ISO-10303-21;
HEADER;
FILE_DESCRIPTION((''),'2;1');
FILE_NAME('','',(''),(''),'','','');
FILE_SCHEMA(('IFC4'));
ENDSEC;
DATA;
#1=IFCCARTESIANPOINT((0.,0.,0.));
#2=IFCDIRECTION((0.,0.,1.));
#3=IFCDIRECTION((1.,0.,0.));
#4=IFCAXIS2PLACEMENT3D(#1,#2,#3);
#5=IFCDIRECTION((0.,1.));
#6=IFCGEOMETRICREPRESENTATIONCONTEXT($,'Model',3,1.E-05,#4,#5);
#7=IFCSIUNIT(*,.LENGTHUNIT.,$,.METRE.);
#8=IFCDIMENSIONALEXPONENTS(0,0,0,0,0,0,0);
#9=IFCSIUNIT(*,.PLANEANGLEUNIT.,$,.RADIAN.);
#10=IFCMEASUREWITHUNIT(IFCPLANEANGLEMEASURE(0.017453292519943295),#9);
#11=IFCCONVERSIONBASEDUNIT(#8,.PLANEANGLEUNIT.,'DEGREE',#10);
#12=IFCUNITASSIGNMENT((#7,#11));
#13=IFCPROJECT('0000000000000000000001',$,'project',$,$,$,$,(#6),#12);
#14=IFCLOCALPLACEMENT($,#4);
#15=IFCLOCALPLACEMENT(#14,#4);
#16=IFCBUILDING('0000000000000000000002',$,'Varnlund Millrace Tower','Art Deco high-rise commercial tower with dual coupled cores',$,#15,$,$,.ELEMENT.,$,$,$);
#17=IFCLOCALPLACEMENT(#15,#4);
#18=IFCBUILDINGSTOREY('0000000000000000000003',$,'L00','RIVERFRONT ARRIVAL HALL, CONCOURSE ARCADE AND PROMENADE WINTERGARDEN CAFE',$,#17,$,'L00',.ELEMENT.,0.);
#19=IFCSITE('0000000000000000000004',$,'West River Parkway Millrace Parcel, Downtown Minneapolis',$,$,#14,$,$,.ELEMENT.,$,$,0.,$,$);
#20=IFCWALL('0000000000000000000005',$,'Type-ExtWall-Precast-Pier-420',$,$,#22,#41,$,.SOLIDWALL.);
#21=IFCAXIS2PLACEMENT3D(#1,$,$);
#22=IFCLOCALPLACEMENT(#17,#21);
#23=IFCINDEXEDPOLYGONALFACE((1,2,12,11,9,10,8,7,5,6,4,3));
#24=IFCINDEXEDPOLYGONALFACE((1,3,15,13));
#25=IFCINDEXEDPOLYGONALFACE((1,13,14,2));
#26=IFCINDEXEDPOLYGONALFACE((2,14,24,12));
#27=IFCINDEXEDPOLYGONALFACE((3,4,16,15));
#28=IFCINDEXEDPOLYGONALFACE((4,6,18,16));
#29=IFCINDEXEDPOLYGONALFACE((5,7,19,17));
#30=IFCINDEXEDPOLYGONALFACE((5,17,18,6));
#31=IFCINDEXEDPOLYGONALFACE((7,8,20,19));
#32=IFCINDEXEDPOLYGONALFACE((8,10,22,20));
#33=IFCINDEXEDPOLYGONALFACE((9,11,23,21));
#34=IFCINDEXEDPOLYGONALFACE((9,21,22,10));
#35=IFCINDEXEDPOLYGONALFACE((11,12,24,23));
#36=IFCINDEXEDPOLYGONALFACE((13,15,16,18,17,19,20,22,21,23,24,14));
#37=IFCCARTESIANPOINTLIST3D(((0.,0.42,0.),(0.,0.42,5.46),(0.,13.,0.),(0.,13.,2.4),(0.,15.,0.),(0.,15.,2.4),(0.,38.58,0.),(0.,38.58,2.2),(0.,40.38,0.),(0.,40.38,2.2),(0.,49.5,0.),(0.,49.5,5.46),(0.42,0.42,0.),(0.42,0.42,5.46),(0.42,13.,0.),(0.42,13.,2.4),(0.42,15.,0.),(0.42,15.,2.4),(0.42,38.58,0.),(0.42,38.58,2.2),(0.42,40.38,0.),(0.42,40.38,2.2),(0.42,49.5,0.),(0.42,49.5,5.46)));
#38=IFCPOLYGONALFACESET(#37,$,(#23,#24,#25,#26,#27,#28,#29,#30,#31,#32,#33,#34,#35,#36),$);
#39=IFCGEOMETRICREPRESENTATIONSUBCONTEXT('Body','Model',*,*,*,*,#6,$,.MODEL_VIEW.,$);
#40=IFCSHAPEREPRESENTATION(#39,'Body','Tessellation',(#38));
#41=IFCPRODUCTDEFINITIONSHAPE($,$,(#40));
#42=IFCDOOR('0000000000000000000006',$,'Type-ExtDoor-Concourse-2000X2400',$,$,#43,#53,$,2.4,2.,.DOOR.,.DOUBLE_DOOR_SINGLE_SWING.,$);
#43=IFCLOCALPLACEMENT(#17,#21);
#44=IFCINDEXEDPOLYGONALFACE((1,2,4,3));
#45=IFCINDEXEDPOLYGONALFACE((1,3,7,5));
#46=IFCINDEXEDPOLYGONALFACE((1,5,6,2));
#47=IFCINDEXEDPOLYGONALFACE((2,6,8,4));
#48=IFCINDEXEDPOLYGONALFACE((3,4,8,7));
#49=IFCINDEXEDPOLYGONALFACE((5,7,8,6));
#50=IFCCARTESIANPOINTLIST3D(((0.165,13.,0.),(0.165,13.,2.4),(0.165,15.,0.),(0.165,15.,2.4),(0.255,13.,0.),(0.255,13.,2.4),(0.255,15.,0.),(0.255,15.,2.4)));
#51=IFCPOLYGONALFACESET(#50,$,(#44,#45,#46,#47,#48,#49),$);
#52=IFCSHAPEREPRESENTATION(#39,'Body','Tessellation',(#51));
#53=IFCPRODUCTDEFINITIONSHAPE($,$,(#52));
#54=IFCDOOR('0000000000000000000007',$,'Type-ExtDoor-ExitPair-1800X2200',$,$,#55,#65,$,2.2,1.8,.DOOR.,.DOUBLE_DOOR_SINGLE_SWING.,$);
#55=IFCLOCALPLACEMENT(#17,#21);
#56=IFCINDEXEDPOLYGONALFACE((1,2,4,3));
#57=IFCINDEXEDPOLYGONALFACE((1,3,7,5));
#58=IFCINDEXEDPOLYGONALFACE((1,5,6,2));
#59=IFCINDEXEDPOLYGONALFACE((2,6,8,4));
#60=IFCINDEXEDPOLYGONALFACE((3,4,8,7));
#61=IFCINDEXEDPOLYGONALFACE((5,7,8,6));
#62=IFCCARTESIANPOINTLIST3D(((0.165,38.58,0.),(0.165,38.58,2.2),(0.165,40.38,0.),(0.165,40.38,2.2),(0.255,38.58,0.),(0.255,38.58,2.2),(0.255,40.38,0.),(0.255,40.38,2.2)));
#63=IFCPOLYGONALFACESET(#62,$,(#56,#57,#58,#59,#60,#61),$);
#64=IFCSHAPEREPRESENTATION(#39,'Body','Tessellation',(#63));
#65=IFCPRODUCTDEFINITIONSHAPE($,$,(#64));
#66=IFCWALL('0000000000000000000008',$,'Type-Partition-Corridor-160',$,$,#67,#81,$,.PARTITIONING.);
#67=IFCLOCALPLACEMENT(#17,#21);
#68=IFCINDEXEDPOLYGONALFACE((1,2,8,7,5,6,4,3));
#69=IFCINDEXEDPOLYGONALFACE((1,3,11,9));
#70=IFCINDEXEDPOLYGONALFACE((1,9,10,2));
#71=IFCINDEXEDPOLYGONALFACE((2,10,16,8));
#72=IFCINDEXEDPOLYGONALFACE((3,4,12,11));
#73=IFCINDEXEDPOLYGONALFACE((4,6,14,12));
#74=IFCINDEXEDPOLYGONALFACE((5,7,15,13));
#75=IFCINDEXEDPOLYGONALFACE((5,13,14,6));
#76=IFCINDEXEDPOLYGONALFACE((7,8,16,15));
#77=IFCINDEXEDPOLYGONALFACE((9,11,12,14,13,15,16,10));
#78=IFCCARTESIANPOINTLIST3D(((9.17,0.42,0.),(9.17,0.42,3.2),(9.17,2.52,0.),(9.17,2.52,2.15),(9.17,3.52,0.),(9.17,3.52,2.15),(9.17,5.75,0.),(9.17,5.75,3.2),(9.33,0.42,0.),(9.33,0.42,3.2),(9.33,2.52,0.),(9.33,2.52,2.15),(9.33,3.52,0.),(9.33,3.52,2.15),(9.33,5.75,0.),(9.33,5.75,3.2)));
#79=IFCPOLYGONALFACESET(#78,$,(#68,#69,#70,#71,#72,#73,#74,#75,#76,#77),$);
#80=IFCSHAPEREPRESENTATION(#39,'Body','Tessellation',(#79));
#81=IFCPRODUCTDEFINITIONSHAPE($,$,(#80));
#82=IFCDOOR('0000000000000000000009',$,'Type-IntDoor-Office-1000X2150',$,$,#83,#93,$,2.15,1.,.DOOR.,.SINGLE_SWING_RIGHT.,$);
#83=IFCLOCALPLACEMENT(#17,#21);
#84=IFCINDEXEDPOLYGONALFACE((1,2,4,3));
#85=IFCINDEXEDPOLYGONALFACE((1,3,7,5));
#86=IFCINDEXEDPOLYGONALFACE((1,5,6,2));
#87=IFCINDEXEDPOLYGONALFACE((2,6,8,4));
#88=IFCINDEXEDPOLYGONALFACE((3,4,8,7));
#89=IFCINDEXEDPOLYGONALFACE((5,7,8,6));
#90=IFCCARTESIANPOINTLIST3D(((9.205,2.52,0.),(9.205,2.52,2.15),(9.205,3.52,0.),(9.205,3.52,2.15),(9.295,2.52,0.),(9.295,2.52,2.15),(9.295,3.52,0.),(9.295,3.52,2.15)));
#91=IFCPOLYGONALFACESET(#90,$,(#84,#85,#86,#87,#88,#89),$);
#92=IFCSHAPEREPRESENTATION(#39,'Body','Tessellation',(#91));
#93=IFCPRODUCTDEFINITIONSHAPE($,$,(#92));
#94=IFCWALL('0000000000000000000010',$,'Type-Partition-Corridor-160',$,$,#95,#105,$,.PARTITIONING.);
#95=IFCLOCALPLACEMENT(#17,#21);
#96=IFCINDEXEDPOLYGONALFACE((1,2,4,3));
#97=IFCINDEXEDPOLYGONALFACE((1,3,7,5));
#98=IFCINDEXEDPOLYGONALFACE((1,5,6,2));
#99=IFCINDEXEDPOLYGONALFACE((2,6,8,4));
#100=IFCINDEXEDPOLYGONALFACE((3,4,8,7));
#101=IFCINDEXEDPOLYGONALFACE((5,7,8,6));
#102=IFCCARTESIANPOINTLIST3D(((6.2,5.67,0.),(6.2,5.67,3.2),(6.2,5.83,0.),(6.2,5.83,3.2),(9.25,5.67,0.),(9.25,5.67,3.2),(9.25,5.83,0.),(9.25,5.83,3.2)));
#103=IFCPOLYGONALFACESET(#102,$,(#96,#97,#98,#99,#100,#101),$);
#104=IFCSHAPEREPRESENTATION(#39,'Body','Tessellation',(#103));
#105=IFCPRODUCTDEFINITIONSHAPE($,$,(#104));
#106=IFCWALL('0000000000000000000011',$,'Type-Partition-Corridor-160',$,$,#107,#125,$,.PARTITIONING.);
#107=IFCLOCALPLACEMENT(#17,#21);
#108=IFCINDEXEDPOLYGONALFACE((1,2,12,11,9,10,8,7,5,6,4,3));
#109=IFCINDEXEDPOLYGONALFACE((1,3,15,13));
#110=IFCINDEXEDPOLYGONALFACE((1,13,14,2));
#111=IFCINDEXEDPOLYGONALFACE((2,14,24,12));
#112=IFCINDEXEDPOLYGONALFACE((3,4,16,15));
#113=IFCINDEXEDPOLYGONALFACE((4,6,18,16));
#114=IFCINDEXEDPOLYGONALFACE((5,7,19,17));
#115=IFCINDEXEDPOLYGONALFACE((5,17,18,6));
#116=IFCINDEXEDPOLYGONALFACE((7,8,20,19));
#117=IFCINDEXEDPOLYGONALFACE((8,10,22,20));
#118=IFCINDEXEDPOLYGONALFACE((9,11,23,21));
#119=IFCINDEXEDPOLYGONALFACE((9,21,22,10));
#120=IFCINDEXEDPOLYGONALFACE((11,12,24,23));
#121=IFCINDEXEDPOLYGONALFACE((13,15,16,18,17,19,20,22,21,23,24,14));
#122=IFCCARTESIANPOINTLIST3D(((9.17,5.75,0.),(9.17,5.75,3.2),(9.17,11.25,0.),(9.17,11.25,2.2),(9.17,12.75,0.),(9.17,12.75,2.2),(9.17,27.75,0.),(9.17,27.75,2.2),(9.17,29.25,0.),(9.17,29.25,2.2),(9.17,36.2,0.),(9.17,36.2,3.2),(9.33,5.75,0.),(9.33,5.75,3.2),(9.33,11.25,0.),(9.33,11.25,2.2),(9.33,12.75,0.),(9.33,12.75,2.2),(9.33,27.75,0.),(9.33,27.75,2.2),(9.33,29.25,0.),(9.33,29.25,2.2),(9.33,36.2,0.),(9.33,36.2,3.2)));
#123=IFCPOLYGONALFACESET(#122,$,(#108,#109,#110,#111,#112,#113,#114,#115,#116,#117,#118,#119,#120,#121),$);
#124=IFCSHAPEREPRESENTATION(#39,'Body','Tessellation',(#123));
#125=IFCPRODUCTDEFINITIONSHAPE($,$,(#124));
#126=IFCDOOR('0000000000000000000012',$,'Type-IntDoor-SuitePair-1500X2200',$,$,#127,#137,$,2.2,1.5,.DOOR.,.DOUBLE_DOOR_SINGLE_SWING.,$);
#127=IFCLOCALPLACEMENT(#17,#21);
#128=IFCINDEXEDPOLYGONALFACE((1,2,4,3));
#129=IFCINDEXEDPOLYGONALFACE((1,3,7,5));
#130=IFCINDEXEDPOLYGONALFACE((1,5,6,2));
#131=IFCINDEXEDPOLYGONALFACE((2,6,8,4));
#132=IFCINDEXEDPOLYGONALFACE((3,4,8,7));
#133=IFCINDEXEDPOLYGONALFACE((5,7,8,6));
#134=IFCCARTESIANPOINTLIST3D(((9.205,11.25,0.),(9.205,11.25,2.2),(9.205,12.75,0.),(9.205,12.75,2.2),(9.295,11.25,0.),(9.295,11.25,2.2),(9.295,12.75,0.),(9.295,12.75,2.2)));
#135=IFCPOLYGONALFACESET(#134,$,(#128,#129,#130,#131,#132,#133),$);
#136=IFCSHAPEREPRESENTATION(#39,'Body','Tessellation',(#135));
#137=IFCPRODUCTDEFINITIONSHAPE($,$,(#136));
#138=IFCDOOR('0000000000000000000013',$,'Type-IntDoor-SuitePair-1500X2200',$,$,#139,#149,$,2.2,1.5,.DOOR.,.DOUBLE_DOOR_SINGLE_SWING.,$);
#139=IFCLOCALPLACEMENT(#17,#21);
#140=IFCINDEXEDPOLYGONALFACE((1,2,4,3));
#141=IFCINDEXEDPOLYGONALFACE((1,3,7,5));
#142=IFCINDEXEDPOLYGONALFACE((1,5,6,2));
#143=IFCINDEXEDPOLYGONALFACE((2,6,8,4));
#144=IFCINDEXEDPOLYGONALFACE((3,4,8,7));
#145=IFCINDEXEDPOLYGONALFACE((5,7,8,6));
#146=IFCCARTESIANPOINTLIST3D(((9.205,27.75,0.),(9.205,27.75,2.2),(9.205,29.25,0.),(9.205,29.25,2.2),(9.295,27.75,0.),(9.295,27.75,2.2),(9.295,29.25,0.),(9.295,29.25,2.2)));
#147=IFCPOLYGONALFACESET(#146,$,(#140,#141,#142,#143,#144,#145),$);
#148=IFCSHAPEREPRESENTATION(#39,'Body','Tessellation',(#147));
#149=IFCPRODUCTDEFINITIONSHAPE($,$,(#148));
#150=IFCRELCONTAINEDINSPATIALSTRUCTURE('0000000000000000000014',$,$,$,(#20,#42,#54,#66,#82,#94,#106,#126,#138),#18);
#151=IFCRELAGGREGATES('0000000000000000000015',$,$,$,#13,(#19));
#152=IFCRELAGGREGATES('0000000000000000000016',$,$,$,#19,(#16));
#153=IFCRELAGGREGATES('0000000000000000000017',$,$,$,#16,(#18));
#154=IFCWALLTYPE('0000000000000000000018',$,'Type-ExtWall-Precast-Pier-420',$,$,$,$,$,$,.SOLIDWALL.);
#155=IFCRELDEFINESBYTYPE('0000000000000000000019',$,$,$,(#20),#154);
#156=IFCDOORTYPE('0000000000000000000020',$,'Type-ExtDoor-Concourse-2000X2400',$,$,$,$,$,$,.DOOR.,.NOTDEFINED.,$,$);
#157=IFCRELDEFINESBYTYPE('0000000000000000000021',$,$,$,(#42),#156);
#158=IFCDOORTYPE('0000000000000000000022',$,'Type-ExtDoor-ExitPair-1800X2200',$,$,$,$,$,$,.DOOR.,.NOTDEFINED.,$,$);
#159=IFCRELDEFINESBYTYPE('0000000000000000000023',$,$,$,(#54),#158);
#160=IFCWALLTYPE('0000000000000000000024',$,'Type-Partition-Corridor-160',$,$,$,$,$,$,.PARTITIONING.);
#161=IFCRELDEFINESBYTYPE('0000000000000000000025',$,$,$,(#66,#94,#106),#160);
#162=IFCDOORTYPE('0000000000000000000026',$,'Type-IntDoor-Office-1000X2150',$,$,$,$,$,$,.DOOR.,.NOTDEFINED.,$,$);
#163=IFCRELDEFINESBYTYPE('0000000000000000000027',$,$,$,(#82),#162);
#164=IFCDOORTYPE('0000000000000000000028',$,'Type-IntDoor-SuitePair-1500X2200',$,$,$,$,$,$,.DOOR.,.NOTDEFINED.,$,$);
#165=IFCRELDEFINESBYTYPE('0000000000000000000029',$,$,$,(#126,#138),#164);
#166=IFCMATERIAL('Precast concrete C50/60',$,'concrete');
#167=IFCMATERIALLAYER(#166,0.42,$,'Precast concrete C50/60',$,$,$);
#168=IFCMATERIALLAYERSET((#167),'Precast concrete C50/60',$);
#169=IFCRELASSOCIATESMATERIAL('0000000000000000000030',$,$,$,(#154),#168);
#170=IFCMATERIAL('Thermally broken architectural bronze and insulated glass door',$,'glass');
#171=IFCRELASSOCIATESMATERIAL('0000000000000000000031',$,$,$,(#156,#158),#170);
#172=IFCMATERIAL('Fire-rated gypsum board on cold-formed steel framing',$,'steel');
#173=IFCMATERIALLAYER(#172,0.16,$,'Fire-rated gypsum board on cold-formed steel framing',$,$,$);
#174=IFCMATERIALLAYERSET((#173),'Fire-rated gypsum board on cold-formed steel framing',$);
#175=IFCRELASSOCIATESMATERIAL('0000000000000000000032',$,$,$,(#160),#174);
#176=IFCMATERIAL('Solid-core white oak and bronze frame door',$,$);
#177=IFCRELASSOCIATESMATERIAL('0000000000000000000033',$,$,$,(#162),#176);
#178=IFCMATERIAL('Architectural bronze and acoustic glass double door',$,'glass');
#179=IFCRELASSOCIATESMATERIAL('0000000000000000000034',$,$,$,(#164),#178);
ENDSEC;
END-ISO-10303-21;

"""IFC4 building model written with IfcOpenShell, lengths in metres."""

from ifc_helpers import new_model, entity, si_unit, converted_unit, direction, frame, origin_with_axes, origin_2d_with_axis, place, context, subcontext, project, spatial, polyline, rectangle, outline, extrude, material, layer, layer_set, type_object, element, fill, save


model = new_model("IFC4")

# Units and contexts
model_context = context("Model", 3, precision=1e-05, world=origin_with_axes(), true_north=direction((0.0, 1.0)))
body_context = subcontext(model_context, "Body", "Model", "MODEL_VIEW")
ifc_project = project(units=[si_unit("LENGTHUNIT", "METRE"), converted_unit("PLANEANGLEUNIT", "DEGREE", entity("IfcPlaneAngleMeasure", 0.017453292519943295), si_unit("PLANEANGLEUNIT", "RADIAN"), dimensions=[0, 0, 0, 0, 0, 0, 0])], contexts=[model_context])

# Site, building, storey
site_placement = place(None, origin_with_axes())
site = spatial("IfcSite", under=ifc_project, at=site_placement, Name="West River Parkway Millrace Parcel, Downtown Minneapolis", CompositionType="ELEMENT", RefElevation=0.0)
building_placement = place(site_placement, origin_with_axes())
building = spatial("IfcBuilding", under=site, at=building_placement, Name="Varnlund Millrace Tower", Description="Art Deco high-rise commercial tower with dual coupled cores", CompositionType="ELEMENT")
storey_placement = place(building_placement, origin_with_axes())
storey = spatial("IfcBuildingStorey", under=building, at=storey_placement, Name="L00", Description="RIVERFRONT ARRIVAL HALL, CONCOURSE ARCADE AND PROMENADE WINTERGARDEN CAFE", LongName="L00", CompositionType="ELEMENT", Elevation=0.0)

# Wall, openings, doors
ifc_material_1 = material(Name="Precast concrete C50/60", Category="concrete")
ifc_layer_1 = layer(ifc_material_1, 0.42, Name="Precast concrete C50/60")
ifc_layer_set_1 = layer_set([ifc_layer_1], Name="Precast concrete C50/60")
wall_type_1 = type_object("IfcWallType", Name="Type-ExtWall-Precast-Pier-420", PredefinedType="SOLIDWALL", material=ifc_layer_set_1)
wall_1_placement = place(storey_placement, frame((0.21, 0.42, 0.0), z_axis=(0.0, 0.0, 1.0), x_axis=(0.0, 1.0, 0.0)))
wall_1 = element("IfcWall", 1, at=wall_1_placement, inside=storey, type_object=wall_type_1, Name="Type-ExtWall-Precast-Pier-420", PredefinedType="SOLIDWALL", context=body_context, shape_type="SweptSolid", body=[
    extrude(outline(polyline([(0.0, -0.21), (49.08, -0.21), (49.08, 0.21), (0.0, 0.21), (0.0, -0.21)])), origin_with_axes(), (0.0, 0.0, 1.0), 5.46),
])
opening_1_placement = place(wall_1_placement, frame((39.06, 0.0, 0.0), z_axis=(0.0, 0.0, 1.0), x_axis=(1.0, 0.0, 0.0)))
opening_1 = element("IfcOpeningElement", 2, at=opening_1_placement, cuts=wall_1, PredefinedType="OPENING", context=body_context, shape_type="SweptSolid", body=[
    extrude(rectangle(XDim=1.8, YDim=0.44, at=origin_2d_with_axis()), origin_with_axes(), (0.0, 0.0, 1.0), 2.2),
])
opening_2_placement = place(wall_1_placement, frame((13.58, 0.0, 0.0), z_axis=(0.0, 0.0, 1.0), x_axis=(1.0, 0.0, 0.0)))
opening_2 = element("IfcOpeningElement", 3, at=opening_2_placement, cuts=wall_1, PredefinedType="OPENING", context=body_context, shape_type="SweptSolid", body=[
    extrude(rectangle(XDim=2.0, YDim=0.44, at=origin_2d_with_axis()), origin_with_axes(), (0.0, 0.0, 1.0), 2.4),
])
ifc_material_2 = material(Name="Thermally broken architectural bronze and insulated glass door", Category="glass")
door_type_1 = type_object("IfcDoorType", Name="Type-ExtDoor-Concourse-2000X2400", OperationType="NOTDEFINED", PredefinedType="DOOR", material=ifc_material_2)
door_1_placement = place(wall_1_placement, frame((13.58, 0.0, 0.0), z_axis=(0.0, 0.0, 1.0), x_axis=(1.0, 0.0, 0.0)))
door_1 = element("IfcDoor", 4, at=door_1_placement, inside=storey, type_object=door_type_1, Name="Type-ExtDoor-Concourse-2000X2400", OperationType="DOUBLE_DOOR_SINGLE_SWING", OverallHeight=2.4, OverallWidth=2.0, PredefinedType="DOOR", context=body_context, shape_type="SweptSolid", body=[
    extrude(rectangle(XDim=2.0, YDim=0.09, at=origin_2d_with_axis()), origin_with_axes(), (0.0, 0.0, 1.0), 2.4),
])
fill(opening_2, door_1)
door_type_2 = type_object("IfcDoorType", Name="Type-ExtDoor-ExitPair-1800X2200", OperationType="NOTDEFINED", PredefinedType="DOOR", material=ifc_material_2)
door_2_placement = place(wall_1_placement, frame((39.06, 0.0, 0.0), z_axis=(0.0, 0.0, 1.0), x_axis=(1.0, 0.0, 0.0)))
door_2 = element("IfcDoor", 5, at=door_2_placement, inside=storey, type_object=door_type_2, Name="Type-ExtDoor-ExitPair-1800X2200", OperationType="DOUBLE_DOOR_SINGLE_SWING", OverallHeight=2.2, OverallWidth=1.8, PredefinedType="DOOR", context=body_context, shape_type="SweptSolid", body=[
    extrude(rectangle(XDim=1.8, YDim=0.09, at=origin_2d_with_axis()), origin_with_axes(), (0.0, 0.0, 1.0), 2.2),
])
fill(opening_1, door_2)

# Wall, opening, door
ifc_material_3 = material(Name="Fire-rated gypsum board on cold-formed steel framing", Category="steel")
ifc_layer_2 = layer(ifc_material_3, 0.16, Name="Fire-rated gypsum board on cold-formed steel framing")
ifc_layer_set_2 = layer_set([ifc_layer_2], Name="Fire-rated gypsum board on cold-formed steel framing")
wall_type_2 = type_object("IfcWallType", Name="Type-Partition-Corridor-160", PredefinedType="PARTITIONING", material=ifc_layer_set_2)
wall_2_placement = place(storey_placement, frame((9.25, 0.42, 0.0), z_axis=(0.0, 0.0, 1.0), x_axis=(0.0, 1.0, 0.0)))
wall_2 = element("IfcWall", 6, at=wall_2_placement, inside=storey, type_object=wall_type_2, Name="Type-Partition-Corridor-160", PredefinedType="PARTITIONING", context=body_context, shape_type="SweptSolid", body=[
    extrude(outline(polyline([(0.0, -0.08), (5.33, -0.08), (5.33, 0.08), (0.0, 0.08), (0.0, -0.08)])), origin_with_axes(), (0.0, 0.0, 1.0), 3.2),
])
opening_3_placement = place(wall_2_placement, frame((2.6, 0.0, 0.0), z_axis=(0.0, 0.0, 1.0), x_axis=(1.0, 0.0, 0.0)))
opening_3 = element("IfcOpeningElement", 7, at=opening_3_placement, cuts=wall_2, PredefinedType="OPENING", context=body_context, shape_type="SweptSolid", body=[
    extrude(rectangle(XDim=1.0, YDim=0.18, at=origin_2d_with_axis()), origin_with_axes(), (0.0, 0.0, 1.0), 2.15),
])
ifc_material_4 = material(Name="Solid-core white oak and bronze frame door")
door_type_3 = type_object("IfcDoorType", Name="Type-IntDoor-Office-1000X2150", OperationType="NOTDEFINED", PredefinedType="DOOR", material=ifc_material_4)
door_3_placement = place(wall_2_placement, frame((2.6, 0.0, 0.0), z_axis=(0.0, 0.0, 1.0), x_axis=(1.0, 0.0, 0.0)))
door_3 = element("IfcDoor", 8, at=door_3_placement, inside=storey, type_object=door_type_3, Name="Type-IntDoor-Office-1000X2150", OperationType="SINGLE_SWING_RIGHT", OverallHeight=2.15, OverallWidth=1.0, PredefinedType="DOOR", context=body_context, shape_type="SweptSolid", body=[
    extrude(rectangle(XDim=1.0, YDim=0.09, at=origin_2d_with_axis()), origin_with_axes(), (0.0, 0.0, 1.0), 2.15),
])
fill(opening_3, door_3)

# Wall
wall_3_placement = place(storey_placement, frame((6.2, 5.75, 0.0), z_axis=(0.0, 0.0, 1.0), x_axis=(1.0, 0.0, 0.0)))
element("IfcWall", 9, at=wall_3_placement, inside=storey, type_object=wall_type_2, Name="Type-Partition-Corridor-160", PredefinedType="PARTITIONING", context=body_context, shape_type="SweptSolid", body=[
    extrude(outline(polyline([(0.0, -0.08), (3.05, -0.08), (3.05, 0.08), (0.0, 0.08), (0.0, -0.08)])), origin_with_axes(), (0.0, 0.0, 1.0), 3.2),
])

# Wall, openings, doors
wall_4_placement = place(storey_placement, frame((9.25, 5.75, 0.0), z_axis=(0.0, 0.0, 1.0), x_axis=(0.0, 1.0, 0.0)))
wall_4 = element("IfcWall", 10, at=wall_4_placement, inside=storey, type_object=wall_type_2, Name="Type-Partition-Corridor-160", PredefinedType="PARTITIONING", context=body_context, shape_type="SweptSolid", body=[
    extrude(outline(polyline([(0.0, -0.08), (30.45, -0.08), (30.45, 0.08), (0.0, 0.08), (0.0, -0.08)])), origin_with_axes(), (0.0, 0.0, 1.0), 3.2),
])
opening_4_placement = place(wall_4_placement, frame((6.25, 0.0, 0.0), z_axis=(0.0, 0.0, 1.0), x_axis=(1.0, 0.0, 0.0)))
opening_4 = element("IfcOpeningElement", 11, at=opening_4_placement, cuts=wall_4, PredefinedType="OPENING", context=body_context, shape_type="SweptSolid", body=[
    extrude(rectangle(XDim=1.5, YDim=0.18, at=origin_2d_with_axis()), origin_with_axes(), (0.0, 0.0, 1.0), 2.2),
])
opening_5_placement = place(wall_4_placement, frame((22.75, 0.0, 0.0), z_axis=(0.0, 0.0, 1.0), x_axis=(1.0, 0.0, 0.0)))
opening_5 = element("IfcOpeningElement", 12, at=opening_5_placement, cuts=wall_4, PredefinedType="OPENING", context=body_context, shape_type="SweptSolid", body=[
    extrude(rectangle(XDim=1.5, YDim=0.18, at=origin_2d_with_axis()), origin_with_axes(), (0.0, 0.0, 1.0), 2.2),
])
ifc_material_5 = material(Name="Architectural bronze and acoustic glass double door", Category="glass")
door_type_4 = type_object("IfcDoorType", Name="Type-IntDoor-SuitePair-1500X2200", OperationType="NOTDEFINED", PredefinedType="DOOR", material=ifc_material_5)
door_4_placement = place(wall_4_placement, frame((6.25, 0.0, 0.0), z_axis=(0.0, 0.0, 1.0), x_axis=(1.0, 0.0, 0.0)))
door_4 = element("IfcDoor", 13, at=door_4_placement, inside=storey, type_object=door_type_4, Name="Type-IntDoor-SuitePair-1500X2200", OperationType="DOUBLE_DOOR_SINGLE_SWING", OverallHeight=2.2, OverallWidth=1.5, PredefinedType="DOOR", context=body_context, shape_type="SweptSolid", body=[
    extrude(rectangle(XDim=1.5, YDim=0.09, at=origin_2d_with_axis()), origin_with_axes(), (0.0, 0.0, 1.0), 2.2),
])
fill(opening_4, door_4)
door_5_placement = place(wall_4_placement, frame((22.75, 0.0, 0.0), z_axis=(0.0, 0.0, 1.0), x_axis=(1.0, 0.0, 0.0)))
door_5 = element("IfcDoor", 14, at=door_5_placement, inside=storey, type_object=door_type_4, Name="Type-IntDoor-SuitePair-1500X2200", OperationType="DOUBLE_DOOR_SINGLE_SWING", OverallHeight=2.2, OverallWidth=1.5, PredefinedType="DOOR", context=body_context, shape_type="SweptSolid", body=[
    extrude(rectangle(XDim=1.5, YDim=0.09, at=origin_2d_with_axis()), origin_with_axes(), (0.0, 0.0, 1.0), 2.2),
])
fill(opening_5, door_5)

save(model, "model.ifc")
